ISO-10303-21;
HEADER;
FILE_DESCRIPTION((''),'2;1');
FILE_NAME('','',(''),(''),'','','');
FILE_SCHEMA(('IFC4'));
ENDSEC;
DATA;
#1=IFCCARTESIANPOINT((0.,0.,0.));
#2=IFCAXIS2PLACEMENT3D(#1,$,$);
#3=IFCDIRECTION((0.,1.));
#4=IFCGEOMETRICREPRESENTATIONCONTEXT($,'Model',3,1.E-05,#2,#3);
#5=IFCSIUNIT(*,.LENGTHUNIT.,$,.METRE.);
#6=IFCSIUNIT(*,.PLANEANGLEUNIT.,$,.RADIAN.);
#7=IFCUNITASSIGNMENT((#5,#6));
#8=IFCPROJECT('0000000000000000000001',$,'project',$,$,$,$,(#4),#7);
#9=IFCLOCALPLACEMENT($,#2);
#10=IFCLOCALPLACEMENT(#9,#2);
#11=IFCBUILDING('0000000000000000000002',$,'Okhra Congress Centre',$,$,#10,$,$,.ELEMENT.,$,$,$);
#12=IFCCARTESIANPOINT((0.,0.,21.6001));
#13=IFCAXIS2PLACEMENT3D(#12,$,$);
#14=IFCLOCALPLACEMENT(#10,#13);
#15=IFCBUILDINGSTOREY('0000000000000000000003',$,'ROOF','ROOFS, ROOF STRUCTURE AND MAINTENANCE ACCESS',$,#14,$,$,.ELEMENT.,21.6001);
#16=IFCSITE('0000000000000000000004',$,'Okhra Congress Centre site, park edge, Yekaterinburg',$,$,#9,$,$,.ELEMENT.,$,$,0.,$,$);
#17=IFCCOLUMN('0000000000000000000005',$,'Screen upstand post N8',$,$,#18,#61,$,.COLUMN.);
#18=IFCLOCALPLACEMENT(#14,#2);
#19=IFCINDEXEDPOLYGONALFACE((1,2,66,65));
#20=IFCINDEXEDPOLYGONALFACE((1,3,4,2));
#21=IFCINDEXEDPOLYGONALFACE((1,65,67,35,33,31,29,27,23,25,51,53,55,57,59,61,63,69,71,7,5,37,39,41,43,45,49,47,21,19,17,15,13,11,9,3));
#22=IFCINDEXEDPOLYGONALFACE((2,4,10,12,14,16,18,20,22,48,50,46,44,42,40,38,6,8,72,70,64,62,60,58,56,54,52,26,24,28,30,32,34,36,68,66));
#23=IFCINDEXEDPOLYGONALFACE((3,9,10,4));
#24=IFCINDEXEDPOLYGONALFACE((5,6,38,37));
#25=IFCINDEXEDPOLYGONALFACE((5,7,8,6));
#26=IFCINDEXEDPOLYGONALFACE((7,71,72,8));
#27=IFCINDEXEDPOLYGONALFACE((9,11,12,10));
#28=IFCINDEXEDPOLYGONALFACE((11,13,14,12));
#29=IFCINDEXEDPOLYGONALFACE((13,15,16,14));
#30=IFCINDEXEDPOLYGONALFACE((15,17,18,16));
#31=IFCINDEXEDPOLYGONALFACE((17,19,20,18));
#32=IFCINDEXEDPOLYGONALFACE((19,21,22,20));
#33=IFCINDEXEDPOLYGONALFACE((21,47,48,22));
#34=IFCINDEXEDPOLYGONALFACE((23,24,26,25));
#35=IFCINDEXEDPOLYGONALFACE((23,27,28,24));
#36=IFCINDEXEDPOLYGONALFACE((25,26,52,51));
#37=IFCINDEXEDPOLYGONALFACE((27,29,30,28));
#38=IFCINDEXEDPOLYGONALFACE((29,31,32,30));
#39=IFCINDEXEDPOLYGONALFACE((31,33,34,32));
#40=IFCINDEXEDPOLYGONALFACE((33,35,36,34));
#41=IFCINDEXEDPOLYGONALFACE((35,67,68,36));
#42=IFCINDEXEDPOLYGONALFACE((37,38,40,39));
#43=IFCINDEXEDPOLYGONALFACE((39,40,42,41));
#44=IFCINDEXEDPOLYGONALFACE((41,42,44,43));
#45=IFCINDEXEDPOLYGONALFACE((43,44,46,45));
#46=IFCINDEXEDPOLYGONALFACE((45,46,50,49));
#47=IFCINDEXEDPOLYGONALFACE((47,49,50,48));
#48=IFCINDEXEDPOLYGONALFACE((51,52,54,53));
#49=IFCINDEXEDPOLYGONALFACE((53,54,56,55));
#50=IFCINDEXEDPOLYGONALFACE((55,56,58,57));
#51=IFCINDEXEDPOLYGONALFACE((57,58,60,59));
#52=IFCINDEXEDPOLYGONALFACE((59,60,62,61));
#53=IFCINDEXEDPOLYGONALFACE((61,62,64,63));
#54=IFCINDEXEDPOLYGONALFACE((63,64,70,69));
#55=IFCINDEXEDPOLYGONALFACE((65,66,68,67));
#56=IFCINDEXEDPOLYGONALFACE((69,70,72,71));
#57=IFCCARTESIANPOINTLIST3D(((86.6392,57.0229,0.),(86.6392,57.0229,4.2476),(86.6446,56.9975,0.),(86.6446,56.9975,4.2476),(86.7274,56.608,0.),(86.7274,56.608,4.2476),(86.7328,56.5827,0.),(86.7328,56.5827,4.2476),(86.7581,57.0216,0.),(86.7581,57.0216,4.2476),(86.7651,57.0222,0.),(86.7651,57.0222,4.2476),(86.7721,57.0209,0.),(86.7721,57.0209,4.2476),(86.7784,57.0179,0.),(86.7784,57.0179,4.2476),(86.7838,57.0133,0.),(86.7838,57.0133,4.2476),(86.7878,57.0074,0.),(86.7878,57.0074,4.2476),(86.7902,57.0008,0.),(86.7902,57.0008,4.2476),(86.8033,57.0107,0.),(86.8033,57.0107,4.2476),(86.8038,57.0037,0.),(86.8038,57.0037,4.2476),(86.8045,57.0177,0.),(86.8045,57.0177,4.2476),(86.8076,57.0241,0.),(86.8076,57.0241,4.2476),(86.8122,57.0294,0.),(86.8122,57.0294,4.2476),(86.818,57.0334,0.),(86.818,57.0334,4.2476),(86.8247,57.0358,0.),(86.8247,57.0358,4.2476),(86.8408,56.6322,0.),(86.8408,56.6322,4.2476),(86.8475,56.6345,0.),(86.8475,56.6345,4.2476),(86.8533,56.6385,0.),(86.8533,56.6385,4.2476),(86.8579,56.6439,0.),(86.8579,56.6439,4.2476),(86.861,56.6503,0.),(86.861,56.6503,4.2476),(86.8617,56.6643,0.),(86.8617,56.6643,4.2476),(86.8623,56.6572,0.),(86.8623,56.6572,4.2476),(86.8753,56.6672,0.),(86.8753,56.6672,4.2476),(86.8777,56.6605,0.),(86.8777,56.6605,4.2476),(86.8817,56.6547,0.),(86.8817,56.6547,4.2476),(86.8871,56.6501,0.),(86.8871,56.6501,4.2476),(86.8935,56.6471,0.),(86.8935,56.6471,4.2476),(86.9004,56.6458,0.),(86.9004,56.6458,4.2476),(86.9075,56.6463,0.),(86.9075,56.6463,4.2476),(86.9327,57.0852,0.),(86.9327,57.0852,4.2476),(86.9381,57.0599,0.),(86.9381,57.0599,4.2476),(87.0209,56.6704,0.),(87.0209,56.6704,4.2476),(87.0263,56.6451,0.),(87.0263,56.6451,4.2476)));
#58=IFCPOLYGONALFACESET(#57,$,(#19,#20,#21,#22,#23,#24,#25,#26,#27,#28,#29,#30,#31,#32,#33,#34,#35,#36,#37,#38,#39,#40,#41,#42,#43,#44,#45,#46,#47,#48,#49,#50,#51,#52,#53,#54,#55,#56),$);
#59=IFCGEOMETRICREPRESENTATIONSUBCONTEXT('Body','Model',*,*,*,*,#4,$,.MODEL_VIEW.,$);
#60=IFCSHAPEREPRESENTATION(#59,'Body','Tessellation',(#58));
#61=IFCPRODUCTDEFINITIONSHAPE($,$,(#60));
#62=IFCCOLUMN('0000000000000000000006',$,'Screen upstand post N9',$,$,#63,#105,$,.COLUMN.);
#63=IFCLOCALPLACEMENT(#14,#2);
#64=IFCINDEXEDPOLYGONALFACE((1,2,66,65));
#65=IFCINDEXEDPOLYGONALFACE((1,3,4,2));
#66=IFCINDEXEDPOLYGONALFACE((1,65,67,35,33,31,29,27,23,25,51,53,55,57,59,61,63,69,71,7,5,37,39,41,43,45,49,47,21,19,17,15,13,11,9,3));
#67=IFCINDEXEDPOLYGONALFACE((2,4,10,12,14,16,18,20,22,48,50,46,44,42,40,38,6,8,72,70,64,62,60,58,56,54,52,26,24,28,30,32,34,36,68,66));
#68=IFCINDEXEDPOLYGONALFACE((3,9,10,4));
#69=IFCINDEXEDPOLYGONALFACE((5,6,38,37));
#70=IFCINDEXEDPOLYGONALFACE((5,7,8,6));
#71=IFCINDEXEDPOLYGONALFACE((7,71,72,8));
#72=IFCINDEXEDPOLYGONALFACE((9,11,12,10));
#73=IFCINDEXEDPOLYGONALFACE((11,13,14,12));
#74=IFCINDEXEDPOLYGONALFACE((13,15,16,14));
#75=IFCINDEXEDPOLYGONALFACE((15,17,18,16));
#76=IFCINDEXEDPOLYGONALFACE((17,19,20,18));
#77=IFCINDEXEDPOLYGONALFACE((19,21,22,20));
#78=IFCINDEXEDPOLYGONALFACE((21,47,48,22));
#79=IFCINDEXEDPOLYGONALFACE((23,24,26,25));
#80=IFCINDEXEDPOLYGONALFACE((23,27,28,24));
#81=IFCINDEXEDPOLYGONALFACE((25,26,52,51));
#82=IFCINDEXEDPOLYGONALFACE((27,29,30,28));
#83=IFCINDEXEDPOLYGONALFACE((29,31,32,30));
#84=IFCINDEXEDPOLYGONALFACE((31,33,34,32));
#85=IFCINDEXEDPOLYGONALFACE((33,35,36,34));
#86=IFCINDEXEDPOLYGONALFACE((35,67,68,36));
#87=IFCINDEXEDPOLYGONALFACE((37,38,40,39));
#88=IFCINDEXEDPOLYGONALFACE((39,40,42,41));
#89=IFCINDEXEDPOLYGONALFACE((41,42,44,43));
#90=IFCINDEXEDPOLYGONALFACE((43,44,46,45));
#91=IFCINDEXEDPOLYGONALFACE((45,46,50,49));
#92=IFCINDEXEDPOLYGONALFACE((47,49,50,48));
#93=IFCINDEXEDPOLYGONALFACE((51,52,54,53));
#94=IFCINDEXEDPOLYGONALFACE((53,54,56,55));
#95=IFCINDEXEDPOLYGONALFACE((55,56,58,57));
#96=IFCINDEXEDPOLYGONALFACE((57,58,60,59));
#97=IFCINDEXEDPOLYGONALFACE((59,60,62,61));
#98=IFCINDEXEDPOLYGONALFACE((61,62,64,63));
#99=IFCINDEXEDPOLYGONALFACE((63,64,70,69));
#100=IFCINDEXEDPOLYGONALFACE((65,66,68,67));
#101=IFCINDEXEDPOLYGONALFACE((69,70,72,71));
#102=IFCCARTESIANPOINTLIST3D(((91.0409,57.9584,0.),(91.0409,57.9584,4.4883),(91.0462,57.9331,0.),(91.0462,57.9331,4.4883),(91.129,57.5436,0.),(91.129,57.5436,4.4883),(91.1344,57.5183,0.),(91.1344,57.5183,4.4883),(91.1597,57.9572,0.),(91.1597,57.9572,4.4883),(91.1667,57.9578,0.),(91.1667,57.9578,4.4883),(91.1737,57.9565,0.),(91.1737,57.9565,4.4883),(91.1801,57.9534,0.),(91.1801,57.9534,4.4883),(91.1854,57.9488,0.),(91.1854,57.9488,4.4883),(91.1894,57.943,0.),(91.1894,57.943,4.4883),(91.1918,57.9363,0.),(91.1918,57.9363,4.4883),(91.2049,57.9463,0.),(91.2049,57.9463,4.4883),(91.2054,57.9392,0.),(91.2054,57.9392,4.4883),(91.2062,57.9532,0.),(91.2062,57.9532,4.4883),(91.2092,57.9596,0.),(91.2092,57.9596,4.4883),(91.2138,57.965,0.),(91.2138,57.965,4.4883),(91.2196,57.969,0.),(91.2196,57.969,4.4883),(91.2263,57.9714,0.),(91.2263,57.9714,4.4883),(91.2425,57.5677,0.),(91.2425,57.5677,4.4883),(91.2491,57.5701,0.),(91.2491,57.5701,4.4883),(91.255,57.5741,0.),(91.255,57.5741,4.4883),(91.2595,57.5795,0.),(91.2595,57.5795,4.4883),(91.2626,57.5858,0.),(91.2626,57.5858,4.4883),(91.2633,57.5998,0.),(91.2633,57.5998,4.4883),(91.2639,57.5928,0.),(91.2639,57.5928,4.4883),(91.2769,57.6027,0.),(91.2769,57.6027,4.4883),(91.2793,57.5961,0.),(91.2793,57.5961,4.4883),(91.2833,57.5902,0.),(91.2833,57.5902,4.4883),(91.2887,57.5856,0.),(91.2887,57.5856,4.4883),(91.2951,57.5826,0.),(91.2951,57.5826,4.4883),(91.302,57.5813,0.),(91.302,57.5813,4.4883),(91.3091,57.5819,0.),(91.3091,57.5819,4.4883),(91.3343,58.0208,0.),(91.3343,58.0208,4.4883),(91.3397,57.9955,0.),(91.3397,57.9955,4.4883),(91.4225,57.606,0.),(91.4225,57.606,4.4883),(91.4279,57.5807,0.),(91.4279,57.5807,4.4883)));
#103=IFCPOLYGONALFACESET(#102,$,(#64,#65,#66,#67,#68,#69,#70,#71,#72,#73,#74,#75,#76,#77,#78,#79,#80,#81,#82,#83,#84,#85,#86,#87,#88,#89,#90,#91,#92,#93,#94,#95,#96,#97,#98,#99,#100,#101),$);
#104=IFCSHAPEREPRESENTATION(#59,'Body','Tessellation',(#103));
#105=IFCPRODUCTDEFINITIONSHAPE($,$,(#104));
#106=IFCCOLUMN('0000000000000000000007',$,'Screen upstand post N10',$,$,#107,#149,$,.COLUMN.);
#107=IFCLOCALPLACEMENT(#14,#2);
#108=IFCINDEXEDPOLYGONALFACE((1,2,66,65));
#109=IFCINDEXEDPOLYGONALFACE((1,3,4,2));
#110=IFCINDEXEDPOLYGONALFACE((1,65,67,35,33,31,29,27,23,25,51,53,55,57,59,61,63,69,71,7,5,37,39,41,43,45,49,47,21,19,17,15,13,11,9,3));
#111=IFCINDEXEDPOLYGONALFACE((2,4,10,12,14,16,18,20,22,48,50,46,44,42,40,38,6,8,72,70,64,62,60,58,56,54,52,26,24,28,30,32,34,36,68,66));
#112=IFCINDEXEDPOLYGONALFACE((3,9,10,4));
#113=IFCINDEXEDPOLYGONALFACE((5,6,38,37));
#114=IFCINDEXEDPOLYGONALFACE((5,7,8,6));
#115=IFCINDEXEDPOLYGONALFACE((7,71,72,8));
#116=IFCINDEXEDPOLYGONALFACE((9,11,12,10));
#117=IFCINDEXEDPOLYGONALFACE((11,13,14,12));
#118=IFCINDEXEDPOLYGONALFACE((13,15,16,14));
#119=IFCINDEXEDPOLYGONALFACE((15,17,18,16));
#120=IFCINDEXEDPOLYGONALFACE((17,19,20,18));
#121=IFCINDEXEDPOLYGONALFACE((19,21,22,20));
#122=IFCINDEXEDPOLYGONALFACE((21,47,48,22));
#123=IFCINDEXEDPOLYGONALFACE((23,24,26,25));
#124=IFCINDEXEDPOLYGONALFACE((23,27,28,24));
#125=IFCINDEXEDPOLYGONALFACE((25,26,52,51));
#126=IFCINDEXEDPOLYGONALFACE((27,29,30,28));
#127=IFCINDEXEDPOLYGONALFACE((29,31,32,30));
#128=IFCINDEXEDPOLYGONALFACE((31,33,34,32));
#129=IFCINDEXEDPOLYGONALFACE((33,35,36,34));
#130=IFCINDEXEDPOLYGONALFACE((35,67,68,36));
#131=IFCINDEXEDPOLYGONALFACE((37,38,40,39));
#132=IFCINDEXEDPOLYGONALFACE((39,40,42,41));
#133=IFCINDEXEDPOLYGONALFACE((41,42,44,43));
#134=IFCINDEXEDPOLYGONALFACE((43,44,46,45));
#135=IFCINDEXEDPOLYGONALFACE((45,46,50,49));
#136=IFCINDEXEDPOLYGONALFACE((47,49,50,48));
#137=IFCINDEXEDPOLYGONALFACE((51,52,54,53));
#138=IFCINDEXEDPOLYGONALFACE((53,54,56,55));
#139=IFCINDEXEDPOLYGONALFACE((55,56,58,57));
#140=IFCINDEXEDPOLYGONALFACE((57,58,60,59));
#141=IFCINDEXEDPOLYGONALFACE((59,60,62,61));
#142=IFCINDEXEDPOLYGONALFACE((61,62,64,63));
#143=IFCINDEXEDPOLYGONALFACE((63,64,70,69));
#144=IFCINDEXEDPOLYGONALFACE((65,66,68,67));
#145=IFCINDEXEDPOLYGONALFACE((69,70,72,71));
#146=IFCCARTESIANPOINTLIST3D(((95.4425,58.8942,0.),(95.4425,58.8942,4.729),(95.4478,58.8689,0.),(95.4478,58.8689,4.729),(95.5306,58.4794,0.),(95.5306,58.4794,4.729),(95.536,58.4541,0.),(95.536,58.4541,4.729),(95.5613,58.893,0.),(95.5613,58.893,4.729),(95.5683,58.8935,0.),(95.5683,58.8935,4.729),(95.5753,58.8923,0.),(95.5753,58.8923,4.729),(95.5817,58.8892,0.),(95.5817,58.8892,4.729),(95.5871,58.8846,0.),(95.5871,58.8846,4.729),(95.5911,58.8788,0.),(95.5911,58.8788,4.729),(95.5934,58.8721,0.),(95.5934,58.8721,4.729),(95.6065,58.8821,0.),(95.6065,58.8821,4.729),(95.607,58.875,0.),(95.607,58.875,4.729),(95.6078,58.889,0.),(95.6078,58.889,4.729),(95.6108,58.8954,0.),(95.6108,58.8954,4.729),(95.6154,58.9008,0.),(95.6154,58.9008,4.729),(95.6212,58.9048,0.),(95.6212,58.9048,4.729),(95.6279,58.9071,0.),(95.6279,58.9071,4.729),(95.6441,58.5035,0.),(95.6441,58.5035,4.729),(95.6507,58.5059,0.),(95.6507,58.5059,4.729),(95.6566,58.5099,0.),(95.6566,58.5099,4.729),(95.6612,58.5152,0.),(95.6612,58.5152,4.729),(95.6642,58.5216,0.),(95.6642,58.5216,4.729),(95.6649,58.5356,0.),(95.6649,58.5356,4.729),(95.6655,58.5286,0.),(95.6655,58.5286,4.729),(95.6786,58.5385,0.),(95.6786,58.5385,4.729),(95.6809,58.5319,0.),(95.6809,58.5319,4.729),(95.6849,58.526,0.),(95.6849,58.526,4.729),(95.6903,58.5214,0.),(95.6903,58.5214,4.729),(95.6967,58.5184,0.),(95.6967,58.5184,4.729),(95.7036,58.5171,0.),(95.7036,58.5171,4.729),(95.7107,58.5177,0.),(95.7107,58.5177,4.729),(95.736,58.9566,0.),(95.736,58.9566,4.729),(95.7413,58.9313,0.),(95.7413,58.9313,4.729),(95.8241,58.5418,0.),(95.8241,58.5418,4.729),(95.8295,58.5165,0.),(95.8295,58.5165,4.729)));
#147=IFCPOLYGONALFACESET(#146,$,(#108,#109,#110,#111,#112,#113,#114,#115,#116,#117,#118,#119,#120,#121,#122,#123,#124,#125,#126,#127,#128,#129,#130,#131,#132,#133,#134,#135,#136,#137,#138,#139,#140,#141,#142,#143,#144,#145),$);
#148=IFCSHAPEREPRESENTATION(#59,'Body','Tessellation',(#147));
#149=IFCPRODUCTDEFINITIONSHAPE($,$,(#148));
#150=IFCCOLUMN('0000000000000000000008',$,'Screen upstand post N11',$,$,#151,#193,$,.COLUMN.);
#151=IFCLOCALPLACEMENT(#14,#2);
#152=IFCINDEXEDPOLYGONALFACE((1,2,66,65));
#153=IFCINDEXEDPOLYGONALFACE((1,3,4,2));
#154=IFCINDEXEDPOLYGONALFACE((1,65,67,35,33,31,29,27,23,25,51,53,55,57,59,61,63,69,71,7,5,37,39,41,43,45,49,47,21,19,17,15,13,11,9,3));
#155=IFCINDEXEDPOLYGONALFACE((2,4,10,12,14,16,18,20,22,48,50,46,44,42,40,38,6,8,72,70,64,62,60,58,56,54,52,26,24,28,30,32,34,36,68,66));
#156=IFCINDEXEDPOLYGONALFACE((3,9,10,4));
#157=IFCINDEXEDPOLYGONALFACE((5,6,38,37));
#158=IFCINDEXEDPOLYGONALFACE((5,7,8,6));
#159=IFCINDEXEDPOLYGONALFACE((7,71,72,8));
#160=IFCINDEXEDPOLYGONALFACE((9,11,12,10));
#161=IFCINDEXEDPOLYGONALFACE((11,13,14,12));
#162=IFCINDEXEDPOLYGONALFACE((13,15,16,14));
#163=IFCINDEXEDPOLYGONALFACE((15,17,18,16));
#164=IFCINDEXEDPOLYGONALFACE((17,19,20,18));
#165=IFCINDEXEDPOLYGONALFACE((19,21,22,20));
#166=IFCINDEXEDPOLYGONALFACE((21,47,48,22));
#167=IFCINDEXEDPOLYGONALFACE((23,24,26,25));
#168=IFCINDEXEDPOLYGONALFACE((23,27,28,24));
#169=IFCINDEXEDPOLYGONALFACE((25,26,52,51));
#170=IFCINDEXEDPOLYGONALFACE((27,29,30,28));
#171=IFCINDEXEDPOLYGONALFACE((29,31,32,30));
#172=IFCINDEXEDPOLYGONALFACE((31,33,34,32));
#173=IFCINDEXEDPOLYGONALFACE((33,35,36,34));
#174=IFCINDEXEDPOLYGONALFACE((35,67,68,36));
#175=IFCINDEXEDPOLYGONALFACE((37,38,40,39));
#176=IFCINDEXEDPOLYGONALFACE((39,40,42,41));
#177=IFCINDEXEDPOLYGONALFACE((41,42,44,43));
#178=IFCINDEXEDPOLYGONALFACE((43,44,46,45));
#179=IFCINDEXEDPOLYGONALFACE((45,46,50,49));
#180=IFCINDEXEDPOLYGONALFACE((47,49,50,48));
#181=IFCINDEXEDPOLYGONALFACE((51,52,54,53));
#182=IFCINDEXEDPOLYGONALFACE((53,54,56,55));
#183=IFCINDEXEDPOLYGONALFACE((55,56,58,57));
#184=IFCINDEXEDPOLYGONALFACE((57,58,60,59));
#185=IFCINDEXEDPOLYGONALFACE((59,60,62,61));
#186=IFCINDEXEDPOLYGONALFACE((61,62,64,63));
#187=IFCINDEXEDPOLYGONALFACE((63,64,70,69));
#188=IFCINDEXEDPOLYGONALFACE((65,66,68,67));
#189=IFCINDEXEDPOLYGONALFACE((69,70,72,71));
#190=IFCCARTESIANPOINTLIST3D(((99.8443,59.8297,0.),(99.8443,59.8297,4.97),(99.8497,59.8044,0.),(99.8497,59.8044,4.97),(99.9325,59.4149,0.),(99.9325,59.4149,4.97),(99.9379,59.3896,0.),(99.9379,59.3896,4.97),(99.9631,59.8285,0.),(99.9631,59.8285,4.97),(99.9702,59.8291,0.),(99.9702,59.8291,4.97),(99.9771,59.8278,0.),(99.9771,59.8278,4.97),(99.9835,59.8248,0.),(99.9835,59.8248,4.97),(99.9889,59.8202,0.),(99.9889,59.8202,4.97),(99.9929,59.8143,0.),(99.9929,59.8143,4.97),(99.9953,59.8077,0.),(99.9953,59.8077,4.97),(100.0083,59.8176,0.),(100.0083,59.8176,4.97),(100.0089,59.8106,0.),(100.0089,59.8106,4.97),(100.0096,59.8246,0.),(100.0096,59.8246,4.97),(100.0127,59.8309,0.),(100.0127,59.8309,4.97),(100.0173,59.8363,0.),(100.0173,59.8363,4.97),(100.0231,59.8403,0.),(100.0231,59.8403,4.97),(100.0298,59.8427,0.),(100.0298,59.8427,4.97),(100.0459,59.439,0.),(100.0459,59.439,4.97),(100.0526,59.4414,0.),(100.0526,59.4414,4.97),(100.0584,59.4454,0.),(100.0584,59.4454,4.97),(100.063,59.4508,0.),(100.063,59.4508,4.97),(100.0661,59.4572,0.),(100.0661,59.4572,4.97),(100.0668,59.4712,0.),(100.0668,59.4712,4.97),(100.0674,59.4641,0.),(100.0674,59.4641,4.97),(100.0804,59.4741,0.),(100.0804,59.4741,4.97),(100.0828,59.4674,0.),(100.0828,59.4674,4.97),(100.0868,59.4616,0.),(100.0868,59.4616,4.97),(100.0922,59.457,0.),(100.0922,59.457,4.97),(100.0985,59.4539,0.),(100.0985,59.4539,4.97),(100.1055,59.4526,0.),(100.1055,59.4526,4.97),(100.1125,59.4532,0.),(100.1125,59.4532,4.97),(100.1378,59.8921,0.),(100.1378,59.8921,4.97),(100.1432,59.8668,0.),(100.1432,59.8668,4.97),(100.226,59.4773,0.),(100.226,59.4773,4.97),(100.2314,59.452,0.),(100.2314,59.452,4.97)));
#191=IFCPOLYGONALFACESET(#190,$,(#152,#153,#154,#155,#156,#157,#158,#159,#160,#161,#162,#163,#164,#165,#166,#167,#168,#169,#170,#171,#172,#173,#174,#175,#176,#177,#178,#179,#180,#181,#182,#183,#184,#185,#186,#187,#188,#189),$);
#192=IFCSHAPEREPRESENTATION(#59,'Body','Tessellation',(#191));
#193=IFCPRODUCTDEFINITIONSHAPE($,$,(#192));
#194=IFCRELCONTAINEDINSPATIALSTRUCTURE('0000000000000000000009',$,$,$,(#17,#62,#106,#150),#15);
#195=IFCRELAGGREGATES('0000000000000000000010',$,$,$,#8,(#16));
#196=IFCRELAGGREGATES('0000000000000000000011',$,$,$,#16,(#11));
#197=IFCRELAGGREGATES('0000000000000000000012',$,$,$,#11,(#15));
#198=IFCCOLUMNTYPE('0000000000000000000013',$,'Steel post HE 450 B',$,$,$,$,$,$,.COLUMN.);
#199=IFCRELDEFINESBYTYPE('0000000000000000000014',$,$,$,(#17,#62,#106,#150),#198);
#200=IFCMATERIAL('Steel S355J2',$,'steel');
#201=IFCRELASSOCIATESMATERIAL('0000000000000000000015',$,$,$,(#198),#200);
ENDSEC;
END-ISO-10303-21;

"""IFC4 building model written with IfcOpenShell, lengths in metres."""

from ifc_helpers import new_model, si_unit, direction, frame, origin, origin_2d, place, context, subcontext, project, spatial, i_section, extrude, material, material_profile, profile_set, type_object, element, save


model = new_model("IFC4")

# Units and contexts
model_context = context("Model", 3, precision=1e-05, world=origin(), true_north=direction((0.0, 1.0)))
body_context = subcontext(model_context, "Body", "Model", "MODEL_VIEW")
ifc_project = project(units=[si_unit("LENGTHUNIT", "METRE"), si_unit("PLANEANGLEUNIT", "RADIAN")], contexts=[model_context])

# Site, building, storey
site_placement = place(None, origin())
site = spatial("IfcSite", under=ifc_project, at=site_placement, Name="Okhra Congress Centre site, park edge, Yekaterinburg", CompositionType="ELEMENT", RefElevation=0.0)
building_placement = place(site_placement, origin())
building = spatial("IfcBuilding", under=site, at=building_placement, Name="Okhra Congress Centre", CompositionType="ELEMENT")
storey_placement = place(building_placement, frame((0.0, 0.0, 21.6001)))
storey = spatial("IfcBuildingStorey", under=building, at=storey_placement, Name="ROOF", Description="ROOFS, ROOF STRUCTURE AND MAINTENANCE ACCESS", CompositionType="ELEMENT", Elevation=21.6001)

# Columns
ifc_material_1 = material(Name="Steel S355J2", Category="steel")
ifc_material_profile_1 = material_profile(ifc_material_1, i_section(OverallWidth=0.3, OverallDepth=0.45, WebThickness=0.0139, FlangeThickness=0.0259, FilletRadius=0.0271, at=origin_2d()), Name="HE 450 B")
ifc_profile_set_1 = profile_set([ifc_material_profile_1], Name="Steel S355J2")
column_type = type_object("IfcColumnType", Name="Steel post HE 450 B", PredefinedType="COLUMN", material=ifc_profile_set_1)
column_1_placement = place(storey_placement, frame((86.8328, 56.834, 0.0), z_axis=(0.0, 0.0, 1.0), x_axis=(0.978148, 0.207912, 0.0)))
element("IfcColumn", 1, at=column_1_placement, inside=storey, type_object=column_type, Name="Screen upstand post N8", PredefinedType="COLUMN", context=body_context, shape_type="SweptSolid", body=[
    extrude(i_section(OverallWidth=0.3, OverallDepth=0.45, WebThickness=0.0139, FlangeThickness=0.0259, FilletRadius=0.0271, at=origin_2d()), origin(), (0.0, 0.0, 1.0), 4.2476),
])
column_2_placement = place(storey_placement, frame((91.2344, 57.7695, 0.0), z_axis=(0.0, 0.0, 1.0), x_axis=(0.978148, 0.207912, 0.0)))
element("IfcColumn", 2, at=column_2_placement, inside=storey, type_object=column_type, Name="Screen upstand post N9", PredefinedType="COLUMN", context=body_context, shape_type="SweptSolid", body=[
    extrude(i_section(OverallWidth=0.3, OverallDepth=0.45, WebThickness=0.0139, FlangeThickness=0.0259, FilletRadius=0.0271, at=origin_2d()), origin(), (0.0, 0.0, 1.0), 4.4883),
])
column_3_placement = place(storey_placement, frame((95.636, 58.7053, 0.0), z_axis=(0.0, 0.0, 1.0), x_axis=(0.978148, 0.207912, 0.0)))
element("IfcColumn", 3, at=column_3_placement, inside=storey, type_object=column_type, Name="Screen upstand post N10", PredefinedType="COLUMN", context=body_context, shape_type="SweptSolid", body=[
    extrude(i_section(OverallWidth=0.3, OverallDepth=0.45, WebThickness=0.0139, FlangeThickness=0.0259, FilletRadius=0.0271, at=origin_2d()), origin(), (0.0, 0.0, 1.0), 4.729),
])
column_4_placement = place(storey_placement, frame((100.0378, 59.6409, 0.0), z_axis=(0.0, 0.0, 1.0), x_axis=(0.978148, 0.207912, 0.0)))
element("IfcColumn", 4, at=column_4_placement, inside=storey, type_object=column_type, Name="Screen upstand post N11", PredefinedType="COLUMN", context=body_context, shape_type="SweptSolid", body=[
    extrude(i_section(OverallWidth=0.3, OverallDepth=0.45, WebThickness=0.0139, FlangeThickness=0.0259, FilletRadius=0.0271, at=origin_2d()), origin(), (0.0, 0.0, 1.0), 4.97),
])

save(model, "model.ifc")
